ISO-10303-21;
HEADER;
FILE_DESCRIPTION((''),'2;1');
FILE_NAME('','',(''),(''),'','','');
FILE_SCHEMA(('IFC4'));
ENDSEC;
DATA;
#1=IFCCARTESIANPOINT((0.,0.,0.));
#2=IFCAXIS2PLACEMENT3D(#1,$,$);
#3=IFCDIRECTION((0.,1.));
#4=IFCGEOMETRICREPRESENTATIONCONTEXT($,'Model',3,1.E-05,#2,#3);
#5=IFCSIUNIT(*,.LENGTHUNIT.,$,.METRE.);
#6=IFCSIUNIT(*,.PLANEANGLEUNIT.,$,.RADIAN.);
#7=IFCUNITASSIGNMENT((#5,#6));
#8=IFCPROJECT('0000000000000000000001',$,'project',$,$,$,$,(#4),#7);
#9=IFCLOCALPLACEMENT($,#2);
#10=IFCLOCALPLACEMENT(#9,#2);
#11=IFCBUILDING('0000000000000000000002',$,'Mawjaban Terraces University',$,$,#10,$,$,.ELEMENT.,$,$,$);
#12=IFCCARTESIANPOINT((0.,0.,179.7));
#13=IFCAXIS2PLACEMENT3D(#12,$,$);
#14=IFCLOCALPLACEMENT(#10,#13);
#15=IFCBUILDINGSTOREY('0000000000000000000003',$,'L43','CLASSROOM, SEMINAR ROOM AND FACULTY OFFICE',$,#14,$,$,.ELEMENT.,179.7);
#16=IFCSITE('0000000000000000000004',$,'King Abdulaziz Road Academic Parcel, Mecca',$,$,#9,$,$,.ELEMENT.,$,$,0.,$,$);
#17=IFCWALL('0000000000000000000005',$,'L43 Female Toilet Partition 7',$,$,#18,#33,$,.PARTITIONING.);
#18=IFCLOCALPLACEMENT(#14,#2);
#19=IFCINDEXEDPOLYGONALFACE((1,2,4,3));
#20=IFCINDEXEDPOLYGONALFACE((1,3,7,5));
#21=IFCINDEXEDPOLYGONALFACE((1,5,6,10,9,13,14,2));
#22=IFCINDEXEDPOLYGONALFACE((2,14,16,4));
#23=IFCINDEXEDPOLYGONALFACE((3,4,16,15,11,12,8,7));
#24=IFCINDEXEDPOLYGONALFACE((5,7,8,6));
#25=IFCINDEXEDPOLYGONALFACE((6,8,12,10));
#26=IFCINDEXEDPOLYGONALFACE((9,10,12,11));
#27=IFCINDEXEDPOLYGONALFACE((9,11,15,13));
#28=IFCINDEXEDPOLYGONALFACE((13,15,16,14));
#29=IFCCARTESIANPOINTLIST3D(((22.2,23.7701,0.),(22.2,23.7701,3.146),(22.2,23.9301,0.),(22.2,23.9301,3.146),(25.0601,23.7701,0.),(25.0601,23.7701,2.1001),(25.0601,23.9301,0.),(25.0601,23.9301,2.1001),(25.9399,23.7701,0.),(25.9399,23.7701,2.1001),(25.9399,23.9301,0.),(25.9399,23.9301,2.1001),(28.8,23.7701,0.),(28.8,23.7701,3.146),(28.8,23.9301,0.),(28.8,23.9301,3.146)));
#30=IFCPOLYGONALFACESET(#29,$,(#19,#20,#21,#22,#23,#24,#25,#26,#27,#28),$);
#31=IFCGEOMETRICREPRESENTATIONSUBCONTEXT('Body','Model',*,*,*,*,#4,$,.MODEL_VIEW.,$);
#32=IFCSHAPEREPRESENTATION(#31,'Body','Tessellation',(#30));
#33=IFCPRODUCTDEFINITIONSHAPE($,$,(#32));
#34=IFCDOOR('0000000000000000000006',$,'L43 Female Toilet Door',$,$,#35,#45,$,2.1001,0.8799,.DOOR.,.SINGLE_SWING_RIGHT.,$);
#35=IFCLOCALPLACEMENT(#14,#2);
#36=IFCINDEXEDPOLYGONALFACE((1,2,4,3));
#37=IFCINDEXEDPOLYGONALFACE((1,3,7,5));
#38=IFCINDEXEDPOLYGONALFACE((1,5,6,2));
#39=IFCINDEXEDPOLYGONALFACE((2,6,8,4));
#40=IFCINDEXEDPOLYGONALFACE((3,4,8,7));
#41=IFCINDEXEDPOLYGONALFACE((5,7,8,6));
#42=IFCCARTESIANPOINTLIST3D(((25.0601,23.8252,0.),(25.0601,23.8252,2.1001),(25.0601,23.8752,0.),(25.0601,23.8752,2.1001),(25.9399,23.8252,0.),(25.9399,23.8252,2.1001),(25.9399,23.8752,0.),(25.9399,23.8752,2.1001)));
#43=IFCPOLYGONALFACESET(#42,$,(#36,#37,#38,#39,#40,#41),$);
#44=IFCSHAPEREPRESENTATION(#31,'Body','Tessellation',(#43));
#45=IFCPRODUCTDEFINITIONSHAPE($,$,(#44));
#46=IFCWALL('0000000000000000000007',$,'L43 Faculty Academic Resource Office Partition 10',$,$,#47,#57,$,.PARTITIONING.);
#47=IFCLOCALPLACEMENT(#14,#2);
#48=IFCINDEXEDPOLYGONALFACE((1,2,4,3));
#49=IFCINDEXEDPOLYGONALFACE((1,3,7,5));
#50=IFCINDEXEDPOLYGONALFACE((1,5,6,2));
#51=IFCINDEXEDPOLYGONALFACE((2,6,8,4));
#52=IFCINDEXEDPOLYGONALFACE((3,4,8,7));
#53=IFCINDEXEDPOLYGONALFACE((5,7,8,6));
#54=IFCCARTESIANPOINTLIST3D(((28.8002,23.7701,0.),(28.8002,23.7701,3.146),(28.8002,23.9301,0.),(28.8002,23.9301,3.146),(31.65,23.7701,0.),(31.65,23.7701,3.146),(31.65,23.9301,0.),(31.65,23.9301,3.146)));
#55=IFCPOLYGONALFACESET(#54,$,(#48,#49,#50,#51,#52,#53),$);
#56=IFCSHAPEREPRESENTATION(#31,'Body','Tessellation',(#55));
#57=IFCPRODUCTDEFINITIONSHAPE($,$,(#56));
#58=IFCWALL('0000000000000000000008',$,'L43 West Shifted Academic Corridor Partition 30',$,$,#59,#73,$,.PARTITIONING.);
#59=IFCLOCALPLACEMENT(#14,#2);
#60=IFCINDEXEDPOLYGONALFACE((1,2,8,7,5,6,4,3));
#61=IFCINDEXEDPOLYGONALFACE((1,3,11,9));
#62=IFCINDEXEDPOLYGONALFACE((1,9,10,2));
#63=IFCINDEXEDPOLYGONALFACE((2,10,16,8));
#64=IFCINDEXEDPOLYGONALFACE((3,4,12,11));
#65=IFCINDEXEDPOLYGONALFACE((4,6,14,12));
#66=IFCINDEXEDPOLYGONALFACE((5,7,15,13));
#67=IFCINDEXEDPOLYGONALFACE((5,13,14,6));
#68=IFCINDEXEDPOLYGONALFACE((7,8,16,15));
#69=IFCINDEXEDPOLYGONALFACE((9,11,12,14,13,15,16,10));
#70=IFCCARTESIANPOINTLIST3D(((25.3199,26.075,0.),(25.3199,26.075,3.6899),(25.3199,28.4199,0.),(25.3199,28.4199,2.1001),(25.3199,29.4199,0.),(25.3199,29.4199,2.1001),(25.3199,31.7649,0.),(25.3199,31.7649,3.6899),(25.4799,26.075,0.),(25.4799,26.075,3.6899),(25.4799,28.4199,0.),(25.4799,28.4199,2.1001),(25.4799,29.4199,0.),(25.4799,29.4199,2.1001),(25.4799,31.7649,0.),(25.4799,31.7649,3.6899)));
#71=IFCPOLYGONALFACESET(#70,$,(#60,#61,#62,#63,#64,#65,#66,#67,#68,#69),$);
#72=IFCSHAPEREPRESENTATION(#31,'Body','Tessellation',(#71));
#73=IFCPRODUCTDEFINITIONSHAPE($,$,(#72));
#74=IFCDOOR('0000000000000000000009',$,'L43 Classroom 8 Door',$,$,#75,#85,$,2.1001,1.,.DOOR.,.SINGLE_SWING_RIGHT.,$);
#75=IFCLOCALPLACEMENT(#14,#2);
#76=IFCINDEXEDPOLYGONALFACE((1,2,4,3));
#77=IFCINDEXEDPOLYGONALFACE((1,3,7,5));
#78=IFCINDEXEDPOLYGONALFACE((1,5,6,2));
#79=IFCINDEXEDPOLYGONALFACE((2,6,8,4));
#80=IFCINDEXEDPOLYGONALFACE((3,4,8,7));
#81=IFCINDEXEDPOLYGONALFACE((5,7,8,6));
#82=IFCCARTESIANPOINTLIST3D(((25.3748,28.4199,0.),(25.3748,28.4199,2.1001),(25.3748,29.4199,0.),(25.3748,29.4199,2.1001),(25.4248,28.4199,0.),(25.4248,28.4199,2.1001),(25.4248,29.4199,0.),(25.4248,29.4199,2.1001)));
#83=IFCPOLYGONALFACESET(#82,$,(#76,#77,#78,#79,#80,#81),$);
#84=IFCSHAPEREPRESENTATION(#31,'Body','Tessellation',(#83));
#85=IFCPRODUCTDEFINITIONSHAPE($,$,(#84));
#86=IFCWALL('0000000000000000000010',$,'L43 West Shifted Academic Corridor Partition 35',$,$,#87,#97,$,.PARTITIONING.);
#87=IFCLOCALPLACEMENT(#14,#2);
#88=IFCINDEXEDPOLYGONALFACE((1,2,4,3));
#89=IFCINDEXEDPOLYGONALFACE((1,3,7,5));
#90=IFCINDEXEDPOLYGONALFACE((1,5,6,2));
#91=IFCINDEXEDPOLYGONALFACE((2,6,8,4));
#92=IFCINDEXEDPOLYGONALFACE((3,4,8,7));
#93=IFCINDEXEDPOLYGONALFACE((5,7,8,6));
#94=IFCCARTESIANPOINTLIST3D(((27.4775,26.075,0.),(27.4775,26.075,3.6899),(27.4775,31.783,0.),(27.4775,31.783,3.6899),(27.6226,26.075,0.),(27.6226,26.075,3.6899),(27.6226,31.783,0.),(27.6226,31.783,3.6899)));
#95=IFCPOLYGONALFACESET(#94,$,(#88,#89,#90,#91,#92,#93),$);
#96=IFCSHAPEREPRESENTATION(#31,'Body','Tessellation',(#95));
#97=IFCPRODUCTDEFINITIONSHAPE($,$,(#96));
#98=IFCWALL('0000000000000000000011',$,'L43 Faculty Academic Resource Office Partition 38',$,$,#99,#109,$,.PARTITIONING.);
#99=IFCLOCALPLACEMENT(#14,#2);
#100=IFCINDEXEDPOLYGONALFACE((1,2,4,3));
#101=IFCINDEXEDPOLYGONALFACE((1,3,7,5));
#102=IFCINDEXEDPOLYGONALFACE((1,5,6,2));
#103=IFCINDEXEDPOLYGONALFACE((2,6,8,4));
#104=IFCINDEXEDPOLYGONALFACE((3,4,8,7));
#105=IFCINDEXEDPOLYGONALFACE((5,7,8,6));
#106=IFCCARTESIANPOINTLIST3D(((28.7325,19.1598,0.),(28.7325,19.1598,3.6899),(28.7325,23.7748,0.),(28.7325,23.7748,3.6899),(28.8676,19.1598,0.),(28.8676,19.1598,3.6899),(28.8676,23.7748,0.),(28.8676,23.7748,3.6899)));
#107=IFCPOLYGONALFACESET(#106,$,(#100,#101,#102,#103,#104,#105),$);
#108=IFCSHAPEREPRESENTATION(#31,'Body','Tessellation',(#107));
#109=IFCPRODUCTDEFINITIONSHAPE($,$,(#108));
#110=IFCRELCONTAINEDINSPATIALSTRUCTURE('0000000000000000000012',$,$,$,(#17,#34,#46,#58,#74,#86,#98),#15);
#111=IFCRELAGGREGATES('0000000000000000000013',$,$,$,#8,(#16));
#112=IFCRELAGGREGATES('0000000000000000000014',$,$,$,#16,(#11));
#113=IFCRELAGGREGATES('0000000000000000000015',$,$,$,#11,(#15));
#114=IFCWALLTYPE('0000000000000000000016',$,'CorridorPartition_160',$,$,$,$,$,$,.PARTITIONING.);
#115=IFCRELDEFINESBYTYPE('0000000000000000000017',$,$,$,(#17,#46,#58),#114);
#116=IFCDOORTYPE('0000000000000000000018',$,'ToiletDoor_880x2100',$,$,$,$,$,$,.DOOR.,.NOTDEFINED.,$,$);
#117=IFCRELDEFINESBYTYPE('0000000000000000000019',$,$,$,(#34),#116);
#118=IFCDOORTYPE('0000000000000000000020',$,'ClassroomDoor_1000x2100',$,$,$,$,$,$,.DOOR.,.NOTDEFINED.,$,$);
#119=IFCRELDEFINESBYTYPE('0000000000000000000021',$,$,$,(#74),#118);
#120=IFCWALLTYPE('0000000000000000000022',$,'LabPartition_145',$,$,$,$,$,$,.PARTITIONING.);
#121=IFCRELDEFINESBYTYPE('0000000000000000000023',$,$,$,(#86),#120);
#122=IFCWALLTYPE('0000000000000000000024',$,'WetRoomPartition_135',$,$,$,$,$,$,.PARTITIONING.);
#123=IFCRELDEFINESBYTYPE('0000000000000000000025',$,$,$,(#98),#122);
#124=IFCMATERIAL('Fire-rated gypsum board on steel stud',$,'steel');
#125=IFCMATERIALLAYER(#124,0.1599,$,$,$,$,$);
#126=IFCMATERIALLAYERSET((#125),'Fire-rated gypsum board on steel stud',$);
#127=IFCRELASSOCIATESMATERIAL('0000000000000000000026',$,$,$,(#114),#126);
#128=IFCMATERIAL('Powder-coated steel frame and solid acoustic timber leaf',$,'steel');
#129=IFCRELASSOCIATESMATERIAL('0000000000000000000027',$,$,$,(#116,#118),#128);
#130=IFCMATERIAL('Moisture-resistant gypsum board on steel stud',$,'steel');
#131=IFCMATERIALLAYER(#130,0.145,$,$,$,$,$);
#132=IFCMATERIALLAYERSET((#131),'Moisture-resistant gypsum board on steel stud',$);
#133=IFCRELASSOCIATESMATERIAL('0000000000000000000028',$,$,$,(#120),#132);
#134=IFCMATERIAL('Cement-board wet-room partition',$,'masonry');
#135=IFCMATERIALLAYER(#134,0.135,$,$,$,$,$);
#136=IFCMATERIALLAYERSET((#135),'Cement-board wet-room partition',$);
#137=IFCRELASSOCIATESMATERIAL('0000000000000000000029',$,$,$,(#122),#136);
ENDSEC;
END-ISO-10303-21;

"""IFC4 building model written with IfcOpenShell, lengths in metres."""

from ifc_helpers import new_model, si_unit, direction, frame, frame_2d, origin, place, context, subcontext, project, spatial, rectangle, extrude, material, layer, layer_set, type_object, element, fill, save


model = new_model("IFC4")

# Units and contexts
model_context = context("Model", 3, precision=1e-05, world=origin(), true_north=direction((0.0, 1.0)))
body_context = subcontext(model_context, "Body", "Model", "MODEL_VIEW")
ifc_project = project(units=[si_unit("LENGTHUNIT", "METRE"), si_unit("PLANEANGLEUNIT", "RADIAN")], contexts=[model_context])

# Site, building, storey
site_placement = place(None, origin())
site = spatial("IfcSite", under=ifc_project, at=site_placement, Name="King Abdulaziz Road Academic Parcel, Mecca", CompositionType="ELEMENT", RefElevation=0.0)
building_placement = place(site_placement, origin())
building = spatial("IfcBuilding", under=site, at=building_placement, Name="Mawjaban Terraces University", CompositionType="ELEMENT")
storey_placement = place(building_placement, frame((0.0, 0.0, 179.7)))
storey = spatial("IfcBuildingStorey", under=building, at=storey_placement, Name="L43", Description="CLASSROOM, SEMINAR ROOM AND FACULTY OFFICE", CompositionType="ELEMENT", Elevation=179.7)

# Shared definitions
ifc_material_1 = material(Name="Fire-rated gypsum board on steel stud", Category="steel")
ifc_layer_1 = layer(ifc_material_1, 0.1599)
ifc_layer_set_1 = layer_set([ifc_layer_1], Name="Fire-rated gypsum board on steel stud")
wall_type_1 = type_object("IfcWallType", Name="CorridorPartition_160", PredefinedType="PARTITIONING", material=ifc_layer_set_1)

# Wall, opening, door
wall_1_placement = place(storey_placement, frame((28.8, 23.8501, 0.0), z_axis=(0.0, 0.0, 1.0), x_axis=(-1.0, 0.0, 0.0)))
wall_1 = element("IfcWall", 1, at=wall_1_placement, inside=storey, type_object=wall_type_1, Name="L43 Female Toilet Partition 7", PredefinedType="PARTITIONING", context=body_context, shape_type="SweptSolid", body=[
    extrude(rectangle(XDim=6.6001, YDim=0.1599, at=frame_2d((3.3, 0.0))), origin(), (0.0, 0.0, 1.0), 3.146),
])
opening_1_placement = place(wall_1_placement, frame((2.8601, 0.0, 0.0)))
opening_1 = element("IfcOpeningElement", 2, at=opening_1_placement, cuts=wall_1, PredefinedType="OPENING", context=body_context, shape_type="SweptSolid", body=[
    extrude(rectangle(XDim=0.8799, YDim=2.1001, at=frame_2d((0.4399, 1.05))), frame((0.0, 0.0898, 0.0), z_axis=(0.0, -1.0, 0.0), x_axis=(1.0, 0.0, 0.0)), (0.0, 0.0, 1.0), 0.1799),
])
ifc_material_2 = material(Name="Powder-coated steel frame and solid acoustic timber leaf", Category="steel")
door_type_1 = type_object("IfcDoorType", Name="ToiletDoor_880x2100", OperationType="NOTDEFINED", PredefinedType="DOOR", material=ifc_material_2)
door_1_placement = place(opening_1_placement, origin())
door_1 = element("IfcDoor", 3, at=door_1_placement, inside=storey, type_object=door_type_1, Name="L43 Female Toilet Door", OperationType="SINGLE_SWING_RIGHT", OverallHeight=2.1001, OverallWidth=0.8799, PredefinedType="DOOR", context=body_context, shape_type="SweptSolid", body=[
    extrude(rectangle(XDim=0.8799, YDim=2.1001, at=frame_2d((0.4399, 1.05))), frame((0.0, 0.0249, 0.0), z_axis=(0.0, -1.0, 0.0), x_axis=(1.0, 0.0, 0.0)), (0.0, 0.0, 1.0), 0.05),
])
fill(opening_1, door_1)

# Wall
wall_2_placement = place(storey_placement, frame((31.6499, 23.8501, 0.0), z_axis=(0.0, 0.0, 1.0), x_axis=(-1.0, 0.0, 0.0)))
element("IfcWall", 4, at=wall_2_placement, inside=storey, type_object=wall_type_1, Name="L43 Faculty Academic Resource Office Partition 10", PredefinedType="PARTITIONING", context=body_context, shape_type="SweptSolid", body=[
    extrude(rectangle(XDim=2.8499, YDim=0.1599, at=frame_2d((1.4248, 0.0))), origin(), (0.0, 0.0, 1.0), 3.146),
])

# Wall, opening, door
wall_3_placement = place(storey_placement, frame((25.3999, 31.7649, 0.0), z_axis=(0.0, 0.0, 1.0), x_axis=(0.0, -1.0, 0.0)))
wall_3 = element("IfcWall", 5, at=wall_3_placement, inside=storey, type_object=wall_type_1, Name="L43 West Shifted Academic Corridor Partition 30", PredefinedType="PARTITIONING", context=body_context, shape_type="SweptSolid", body=[
    extrude(rectangle(XDim=5.6899, YDim=0.1599, at=frame_2d((2.845, 0.0))), origin(), (0.0, 0.0, 1.0), 3.6899),
])
opening_2_placement = place(wall_3_placement, frame((2.345, 0.0, 0.0)))
opening_2 = element("IfcOpeningElement", 6, at=opening_2_placement, cuts=wall_3, PredefinedType="OPENING", context=body_context, shape_type="SweptSolid", body=[
    extrude(rectangle(XDim=1.0, YDim=2.1001, at=frame_2d((0.5, 1.05))), frame((0.0, 0.0898, 0.0), z_axis=(0.0, -1.0, 0.0), x_axis=(1.0, 0.0, 0.0)), (0.0, 0.0, 1.0), 0.1799),
])
door_type_2 = type_object("IfcDoorType", Name="ClassroomDoor_1000x2100", OperationType="NOTDEFINED", PredefinedType="DOOR", material=ifc_material_2)
door_2_placement = place(opening_2_placement, origin())
door_2 = element("IfcDoor", 7, at=door_2_placement, inside=storey, type_object=door_type_2, Name="L43 Classroom 8 Door", OperationType="SINGLE_SWING_RIGHT", OverallHeight=2.1001, OverallWidth=1.0, PredefinedType="DOOR", context=body_context, shape_type="SweptSolid", body=[
    extrude(rectangle(XDim=1.0, YDim=2.1001, at=frame_2d((0.5, 1.05))), frame((0.0, 0.0249, 0.0), z_axis=(0.0, -1.0, 0.0), x_axis=(1.0, 0.0, 0.0)), (0.0, 0.0, 1.0), 0.05),
])
fill(opening_2, door_2)

# Walls
ifc_material_3 = material(Name="Moisture-resistant gypsum board on steel stud", Category="steel")
ifc_layer_2 = layer(ifc_material_3, 0.145)
ifc_layer_set_2 = layer_set([ifc_layer_2], Name="Moisture-resistant gypsum board on steel stud")
wall_type_2 = type_object("IfcWallType", Name="LabPartition_145", PredefinedType="PARTITIONING", material=ifc_layer_set_2)
wall_4_placement = place(storey_placement, frame((27.55, 26.075, 0.0), z_axis=(0.0, 0.0, 1.0), x_axis=(0.0, 1.0, 0.0)))
element("IfcWall", 8, at=wall_4_placement, inside=storey, type_object=wall_type_2, Name="L43 West Shifted Academic Corridor Partition 35", PredefinedType="PARTITIONING", context=body_context, shape_type="SweptSolid", body=[
    extrude(rectangle(XDim=5.708, YDim=0.145, at=frame_2d((2.854, 0.0))), origin(), (0.0, 0.0, 1.0), 3.6899),
])
ifc_material_4 = material(Name="Cement-board wet-room partition", Category="masonry")
ifc_layer_3 = layer(ifc_material_4, 0.135)
ifc_layer_set_3 = layer_set([ifc_layer_3], Name="Cement-board wet-room partition")
wall_type_3 = type_object("IfcWallType", Name="WetRoomPartition_135", PredefinedType="PARTITIONING", material=ifc_layer_set_3)
wall_5_placement = place(storey_placement, frame((28.8, 23.7749, 0.0), z_axis=(0.0, 0.0, 1.0), x_axis=(0.0, -1.0, 0.0)))
element("IfcWall", 9, at=wall_5_placement, inside=storey, type_object=wall_type_3, Name="L43 Faculty Academic Resource Office Partition 38", PredefinedType="PARTITIONING", context=body_context, shape_type="SweptSolid", body=[
    extrude(rectangle(XDim=4.615, YDim=0.135, at=frame_2d((2.3076, 0.0))), origin(), (0.0, 0.0, 1.0), 3.6899),
])

save(model, "model.ifc")
